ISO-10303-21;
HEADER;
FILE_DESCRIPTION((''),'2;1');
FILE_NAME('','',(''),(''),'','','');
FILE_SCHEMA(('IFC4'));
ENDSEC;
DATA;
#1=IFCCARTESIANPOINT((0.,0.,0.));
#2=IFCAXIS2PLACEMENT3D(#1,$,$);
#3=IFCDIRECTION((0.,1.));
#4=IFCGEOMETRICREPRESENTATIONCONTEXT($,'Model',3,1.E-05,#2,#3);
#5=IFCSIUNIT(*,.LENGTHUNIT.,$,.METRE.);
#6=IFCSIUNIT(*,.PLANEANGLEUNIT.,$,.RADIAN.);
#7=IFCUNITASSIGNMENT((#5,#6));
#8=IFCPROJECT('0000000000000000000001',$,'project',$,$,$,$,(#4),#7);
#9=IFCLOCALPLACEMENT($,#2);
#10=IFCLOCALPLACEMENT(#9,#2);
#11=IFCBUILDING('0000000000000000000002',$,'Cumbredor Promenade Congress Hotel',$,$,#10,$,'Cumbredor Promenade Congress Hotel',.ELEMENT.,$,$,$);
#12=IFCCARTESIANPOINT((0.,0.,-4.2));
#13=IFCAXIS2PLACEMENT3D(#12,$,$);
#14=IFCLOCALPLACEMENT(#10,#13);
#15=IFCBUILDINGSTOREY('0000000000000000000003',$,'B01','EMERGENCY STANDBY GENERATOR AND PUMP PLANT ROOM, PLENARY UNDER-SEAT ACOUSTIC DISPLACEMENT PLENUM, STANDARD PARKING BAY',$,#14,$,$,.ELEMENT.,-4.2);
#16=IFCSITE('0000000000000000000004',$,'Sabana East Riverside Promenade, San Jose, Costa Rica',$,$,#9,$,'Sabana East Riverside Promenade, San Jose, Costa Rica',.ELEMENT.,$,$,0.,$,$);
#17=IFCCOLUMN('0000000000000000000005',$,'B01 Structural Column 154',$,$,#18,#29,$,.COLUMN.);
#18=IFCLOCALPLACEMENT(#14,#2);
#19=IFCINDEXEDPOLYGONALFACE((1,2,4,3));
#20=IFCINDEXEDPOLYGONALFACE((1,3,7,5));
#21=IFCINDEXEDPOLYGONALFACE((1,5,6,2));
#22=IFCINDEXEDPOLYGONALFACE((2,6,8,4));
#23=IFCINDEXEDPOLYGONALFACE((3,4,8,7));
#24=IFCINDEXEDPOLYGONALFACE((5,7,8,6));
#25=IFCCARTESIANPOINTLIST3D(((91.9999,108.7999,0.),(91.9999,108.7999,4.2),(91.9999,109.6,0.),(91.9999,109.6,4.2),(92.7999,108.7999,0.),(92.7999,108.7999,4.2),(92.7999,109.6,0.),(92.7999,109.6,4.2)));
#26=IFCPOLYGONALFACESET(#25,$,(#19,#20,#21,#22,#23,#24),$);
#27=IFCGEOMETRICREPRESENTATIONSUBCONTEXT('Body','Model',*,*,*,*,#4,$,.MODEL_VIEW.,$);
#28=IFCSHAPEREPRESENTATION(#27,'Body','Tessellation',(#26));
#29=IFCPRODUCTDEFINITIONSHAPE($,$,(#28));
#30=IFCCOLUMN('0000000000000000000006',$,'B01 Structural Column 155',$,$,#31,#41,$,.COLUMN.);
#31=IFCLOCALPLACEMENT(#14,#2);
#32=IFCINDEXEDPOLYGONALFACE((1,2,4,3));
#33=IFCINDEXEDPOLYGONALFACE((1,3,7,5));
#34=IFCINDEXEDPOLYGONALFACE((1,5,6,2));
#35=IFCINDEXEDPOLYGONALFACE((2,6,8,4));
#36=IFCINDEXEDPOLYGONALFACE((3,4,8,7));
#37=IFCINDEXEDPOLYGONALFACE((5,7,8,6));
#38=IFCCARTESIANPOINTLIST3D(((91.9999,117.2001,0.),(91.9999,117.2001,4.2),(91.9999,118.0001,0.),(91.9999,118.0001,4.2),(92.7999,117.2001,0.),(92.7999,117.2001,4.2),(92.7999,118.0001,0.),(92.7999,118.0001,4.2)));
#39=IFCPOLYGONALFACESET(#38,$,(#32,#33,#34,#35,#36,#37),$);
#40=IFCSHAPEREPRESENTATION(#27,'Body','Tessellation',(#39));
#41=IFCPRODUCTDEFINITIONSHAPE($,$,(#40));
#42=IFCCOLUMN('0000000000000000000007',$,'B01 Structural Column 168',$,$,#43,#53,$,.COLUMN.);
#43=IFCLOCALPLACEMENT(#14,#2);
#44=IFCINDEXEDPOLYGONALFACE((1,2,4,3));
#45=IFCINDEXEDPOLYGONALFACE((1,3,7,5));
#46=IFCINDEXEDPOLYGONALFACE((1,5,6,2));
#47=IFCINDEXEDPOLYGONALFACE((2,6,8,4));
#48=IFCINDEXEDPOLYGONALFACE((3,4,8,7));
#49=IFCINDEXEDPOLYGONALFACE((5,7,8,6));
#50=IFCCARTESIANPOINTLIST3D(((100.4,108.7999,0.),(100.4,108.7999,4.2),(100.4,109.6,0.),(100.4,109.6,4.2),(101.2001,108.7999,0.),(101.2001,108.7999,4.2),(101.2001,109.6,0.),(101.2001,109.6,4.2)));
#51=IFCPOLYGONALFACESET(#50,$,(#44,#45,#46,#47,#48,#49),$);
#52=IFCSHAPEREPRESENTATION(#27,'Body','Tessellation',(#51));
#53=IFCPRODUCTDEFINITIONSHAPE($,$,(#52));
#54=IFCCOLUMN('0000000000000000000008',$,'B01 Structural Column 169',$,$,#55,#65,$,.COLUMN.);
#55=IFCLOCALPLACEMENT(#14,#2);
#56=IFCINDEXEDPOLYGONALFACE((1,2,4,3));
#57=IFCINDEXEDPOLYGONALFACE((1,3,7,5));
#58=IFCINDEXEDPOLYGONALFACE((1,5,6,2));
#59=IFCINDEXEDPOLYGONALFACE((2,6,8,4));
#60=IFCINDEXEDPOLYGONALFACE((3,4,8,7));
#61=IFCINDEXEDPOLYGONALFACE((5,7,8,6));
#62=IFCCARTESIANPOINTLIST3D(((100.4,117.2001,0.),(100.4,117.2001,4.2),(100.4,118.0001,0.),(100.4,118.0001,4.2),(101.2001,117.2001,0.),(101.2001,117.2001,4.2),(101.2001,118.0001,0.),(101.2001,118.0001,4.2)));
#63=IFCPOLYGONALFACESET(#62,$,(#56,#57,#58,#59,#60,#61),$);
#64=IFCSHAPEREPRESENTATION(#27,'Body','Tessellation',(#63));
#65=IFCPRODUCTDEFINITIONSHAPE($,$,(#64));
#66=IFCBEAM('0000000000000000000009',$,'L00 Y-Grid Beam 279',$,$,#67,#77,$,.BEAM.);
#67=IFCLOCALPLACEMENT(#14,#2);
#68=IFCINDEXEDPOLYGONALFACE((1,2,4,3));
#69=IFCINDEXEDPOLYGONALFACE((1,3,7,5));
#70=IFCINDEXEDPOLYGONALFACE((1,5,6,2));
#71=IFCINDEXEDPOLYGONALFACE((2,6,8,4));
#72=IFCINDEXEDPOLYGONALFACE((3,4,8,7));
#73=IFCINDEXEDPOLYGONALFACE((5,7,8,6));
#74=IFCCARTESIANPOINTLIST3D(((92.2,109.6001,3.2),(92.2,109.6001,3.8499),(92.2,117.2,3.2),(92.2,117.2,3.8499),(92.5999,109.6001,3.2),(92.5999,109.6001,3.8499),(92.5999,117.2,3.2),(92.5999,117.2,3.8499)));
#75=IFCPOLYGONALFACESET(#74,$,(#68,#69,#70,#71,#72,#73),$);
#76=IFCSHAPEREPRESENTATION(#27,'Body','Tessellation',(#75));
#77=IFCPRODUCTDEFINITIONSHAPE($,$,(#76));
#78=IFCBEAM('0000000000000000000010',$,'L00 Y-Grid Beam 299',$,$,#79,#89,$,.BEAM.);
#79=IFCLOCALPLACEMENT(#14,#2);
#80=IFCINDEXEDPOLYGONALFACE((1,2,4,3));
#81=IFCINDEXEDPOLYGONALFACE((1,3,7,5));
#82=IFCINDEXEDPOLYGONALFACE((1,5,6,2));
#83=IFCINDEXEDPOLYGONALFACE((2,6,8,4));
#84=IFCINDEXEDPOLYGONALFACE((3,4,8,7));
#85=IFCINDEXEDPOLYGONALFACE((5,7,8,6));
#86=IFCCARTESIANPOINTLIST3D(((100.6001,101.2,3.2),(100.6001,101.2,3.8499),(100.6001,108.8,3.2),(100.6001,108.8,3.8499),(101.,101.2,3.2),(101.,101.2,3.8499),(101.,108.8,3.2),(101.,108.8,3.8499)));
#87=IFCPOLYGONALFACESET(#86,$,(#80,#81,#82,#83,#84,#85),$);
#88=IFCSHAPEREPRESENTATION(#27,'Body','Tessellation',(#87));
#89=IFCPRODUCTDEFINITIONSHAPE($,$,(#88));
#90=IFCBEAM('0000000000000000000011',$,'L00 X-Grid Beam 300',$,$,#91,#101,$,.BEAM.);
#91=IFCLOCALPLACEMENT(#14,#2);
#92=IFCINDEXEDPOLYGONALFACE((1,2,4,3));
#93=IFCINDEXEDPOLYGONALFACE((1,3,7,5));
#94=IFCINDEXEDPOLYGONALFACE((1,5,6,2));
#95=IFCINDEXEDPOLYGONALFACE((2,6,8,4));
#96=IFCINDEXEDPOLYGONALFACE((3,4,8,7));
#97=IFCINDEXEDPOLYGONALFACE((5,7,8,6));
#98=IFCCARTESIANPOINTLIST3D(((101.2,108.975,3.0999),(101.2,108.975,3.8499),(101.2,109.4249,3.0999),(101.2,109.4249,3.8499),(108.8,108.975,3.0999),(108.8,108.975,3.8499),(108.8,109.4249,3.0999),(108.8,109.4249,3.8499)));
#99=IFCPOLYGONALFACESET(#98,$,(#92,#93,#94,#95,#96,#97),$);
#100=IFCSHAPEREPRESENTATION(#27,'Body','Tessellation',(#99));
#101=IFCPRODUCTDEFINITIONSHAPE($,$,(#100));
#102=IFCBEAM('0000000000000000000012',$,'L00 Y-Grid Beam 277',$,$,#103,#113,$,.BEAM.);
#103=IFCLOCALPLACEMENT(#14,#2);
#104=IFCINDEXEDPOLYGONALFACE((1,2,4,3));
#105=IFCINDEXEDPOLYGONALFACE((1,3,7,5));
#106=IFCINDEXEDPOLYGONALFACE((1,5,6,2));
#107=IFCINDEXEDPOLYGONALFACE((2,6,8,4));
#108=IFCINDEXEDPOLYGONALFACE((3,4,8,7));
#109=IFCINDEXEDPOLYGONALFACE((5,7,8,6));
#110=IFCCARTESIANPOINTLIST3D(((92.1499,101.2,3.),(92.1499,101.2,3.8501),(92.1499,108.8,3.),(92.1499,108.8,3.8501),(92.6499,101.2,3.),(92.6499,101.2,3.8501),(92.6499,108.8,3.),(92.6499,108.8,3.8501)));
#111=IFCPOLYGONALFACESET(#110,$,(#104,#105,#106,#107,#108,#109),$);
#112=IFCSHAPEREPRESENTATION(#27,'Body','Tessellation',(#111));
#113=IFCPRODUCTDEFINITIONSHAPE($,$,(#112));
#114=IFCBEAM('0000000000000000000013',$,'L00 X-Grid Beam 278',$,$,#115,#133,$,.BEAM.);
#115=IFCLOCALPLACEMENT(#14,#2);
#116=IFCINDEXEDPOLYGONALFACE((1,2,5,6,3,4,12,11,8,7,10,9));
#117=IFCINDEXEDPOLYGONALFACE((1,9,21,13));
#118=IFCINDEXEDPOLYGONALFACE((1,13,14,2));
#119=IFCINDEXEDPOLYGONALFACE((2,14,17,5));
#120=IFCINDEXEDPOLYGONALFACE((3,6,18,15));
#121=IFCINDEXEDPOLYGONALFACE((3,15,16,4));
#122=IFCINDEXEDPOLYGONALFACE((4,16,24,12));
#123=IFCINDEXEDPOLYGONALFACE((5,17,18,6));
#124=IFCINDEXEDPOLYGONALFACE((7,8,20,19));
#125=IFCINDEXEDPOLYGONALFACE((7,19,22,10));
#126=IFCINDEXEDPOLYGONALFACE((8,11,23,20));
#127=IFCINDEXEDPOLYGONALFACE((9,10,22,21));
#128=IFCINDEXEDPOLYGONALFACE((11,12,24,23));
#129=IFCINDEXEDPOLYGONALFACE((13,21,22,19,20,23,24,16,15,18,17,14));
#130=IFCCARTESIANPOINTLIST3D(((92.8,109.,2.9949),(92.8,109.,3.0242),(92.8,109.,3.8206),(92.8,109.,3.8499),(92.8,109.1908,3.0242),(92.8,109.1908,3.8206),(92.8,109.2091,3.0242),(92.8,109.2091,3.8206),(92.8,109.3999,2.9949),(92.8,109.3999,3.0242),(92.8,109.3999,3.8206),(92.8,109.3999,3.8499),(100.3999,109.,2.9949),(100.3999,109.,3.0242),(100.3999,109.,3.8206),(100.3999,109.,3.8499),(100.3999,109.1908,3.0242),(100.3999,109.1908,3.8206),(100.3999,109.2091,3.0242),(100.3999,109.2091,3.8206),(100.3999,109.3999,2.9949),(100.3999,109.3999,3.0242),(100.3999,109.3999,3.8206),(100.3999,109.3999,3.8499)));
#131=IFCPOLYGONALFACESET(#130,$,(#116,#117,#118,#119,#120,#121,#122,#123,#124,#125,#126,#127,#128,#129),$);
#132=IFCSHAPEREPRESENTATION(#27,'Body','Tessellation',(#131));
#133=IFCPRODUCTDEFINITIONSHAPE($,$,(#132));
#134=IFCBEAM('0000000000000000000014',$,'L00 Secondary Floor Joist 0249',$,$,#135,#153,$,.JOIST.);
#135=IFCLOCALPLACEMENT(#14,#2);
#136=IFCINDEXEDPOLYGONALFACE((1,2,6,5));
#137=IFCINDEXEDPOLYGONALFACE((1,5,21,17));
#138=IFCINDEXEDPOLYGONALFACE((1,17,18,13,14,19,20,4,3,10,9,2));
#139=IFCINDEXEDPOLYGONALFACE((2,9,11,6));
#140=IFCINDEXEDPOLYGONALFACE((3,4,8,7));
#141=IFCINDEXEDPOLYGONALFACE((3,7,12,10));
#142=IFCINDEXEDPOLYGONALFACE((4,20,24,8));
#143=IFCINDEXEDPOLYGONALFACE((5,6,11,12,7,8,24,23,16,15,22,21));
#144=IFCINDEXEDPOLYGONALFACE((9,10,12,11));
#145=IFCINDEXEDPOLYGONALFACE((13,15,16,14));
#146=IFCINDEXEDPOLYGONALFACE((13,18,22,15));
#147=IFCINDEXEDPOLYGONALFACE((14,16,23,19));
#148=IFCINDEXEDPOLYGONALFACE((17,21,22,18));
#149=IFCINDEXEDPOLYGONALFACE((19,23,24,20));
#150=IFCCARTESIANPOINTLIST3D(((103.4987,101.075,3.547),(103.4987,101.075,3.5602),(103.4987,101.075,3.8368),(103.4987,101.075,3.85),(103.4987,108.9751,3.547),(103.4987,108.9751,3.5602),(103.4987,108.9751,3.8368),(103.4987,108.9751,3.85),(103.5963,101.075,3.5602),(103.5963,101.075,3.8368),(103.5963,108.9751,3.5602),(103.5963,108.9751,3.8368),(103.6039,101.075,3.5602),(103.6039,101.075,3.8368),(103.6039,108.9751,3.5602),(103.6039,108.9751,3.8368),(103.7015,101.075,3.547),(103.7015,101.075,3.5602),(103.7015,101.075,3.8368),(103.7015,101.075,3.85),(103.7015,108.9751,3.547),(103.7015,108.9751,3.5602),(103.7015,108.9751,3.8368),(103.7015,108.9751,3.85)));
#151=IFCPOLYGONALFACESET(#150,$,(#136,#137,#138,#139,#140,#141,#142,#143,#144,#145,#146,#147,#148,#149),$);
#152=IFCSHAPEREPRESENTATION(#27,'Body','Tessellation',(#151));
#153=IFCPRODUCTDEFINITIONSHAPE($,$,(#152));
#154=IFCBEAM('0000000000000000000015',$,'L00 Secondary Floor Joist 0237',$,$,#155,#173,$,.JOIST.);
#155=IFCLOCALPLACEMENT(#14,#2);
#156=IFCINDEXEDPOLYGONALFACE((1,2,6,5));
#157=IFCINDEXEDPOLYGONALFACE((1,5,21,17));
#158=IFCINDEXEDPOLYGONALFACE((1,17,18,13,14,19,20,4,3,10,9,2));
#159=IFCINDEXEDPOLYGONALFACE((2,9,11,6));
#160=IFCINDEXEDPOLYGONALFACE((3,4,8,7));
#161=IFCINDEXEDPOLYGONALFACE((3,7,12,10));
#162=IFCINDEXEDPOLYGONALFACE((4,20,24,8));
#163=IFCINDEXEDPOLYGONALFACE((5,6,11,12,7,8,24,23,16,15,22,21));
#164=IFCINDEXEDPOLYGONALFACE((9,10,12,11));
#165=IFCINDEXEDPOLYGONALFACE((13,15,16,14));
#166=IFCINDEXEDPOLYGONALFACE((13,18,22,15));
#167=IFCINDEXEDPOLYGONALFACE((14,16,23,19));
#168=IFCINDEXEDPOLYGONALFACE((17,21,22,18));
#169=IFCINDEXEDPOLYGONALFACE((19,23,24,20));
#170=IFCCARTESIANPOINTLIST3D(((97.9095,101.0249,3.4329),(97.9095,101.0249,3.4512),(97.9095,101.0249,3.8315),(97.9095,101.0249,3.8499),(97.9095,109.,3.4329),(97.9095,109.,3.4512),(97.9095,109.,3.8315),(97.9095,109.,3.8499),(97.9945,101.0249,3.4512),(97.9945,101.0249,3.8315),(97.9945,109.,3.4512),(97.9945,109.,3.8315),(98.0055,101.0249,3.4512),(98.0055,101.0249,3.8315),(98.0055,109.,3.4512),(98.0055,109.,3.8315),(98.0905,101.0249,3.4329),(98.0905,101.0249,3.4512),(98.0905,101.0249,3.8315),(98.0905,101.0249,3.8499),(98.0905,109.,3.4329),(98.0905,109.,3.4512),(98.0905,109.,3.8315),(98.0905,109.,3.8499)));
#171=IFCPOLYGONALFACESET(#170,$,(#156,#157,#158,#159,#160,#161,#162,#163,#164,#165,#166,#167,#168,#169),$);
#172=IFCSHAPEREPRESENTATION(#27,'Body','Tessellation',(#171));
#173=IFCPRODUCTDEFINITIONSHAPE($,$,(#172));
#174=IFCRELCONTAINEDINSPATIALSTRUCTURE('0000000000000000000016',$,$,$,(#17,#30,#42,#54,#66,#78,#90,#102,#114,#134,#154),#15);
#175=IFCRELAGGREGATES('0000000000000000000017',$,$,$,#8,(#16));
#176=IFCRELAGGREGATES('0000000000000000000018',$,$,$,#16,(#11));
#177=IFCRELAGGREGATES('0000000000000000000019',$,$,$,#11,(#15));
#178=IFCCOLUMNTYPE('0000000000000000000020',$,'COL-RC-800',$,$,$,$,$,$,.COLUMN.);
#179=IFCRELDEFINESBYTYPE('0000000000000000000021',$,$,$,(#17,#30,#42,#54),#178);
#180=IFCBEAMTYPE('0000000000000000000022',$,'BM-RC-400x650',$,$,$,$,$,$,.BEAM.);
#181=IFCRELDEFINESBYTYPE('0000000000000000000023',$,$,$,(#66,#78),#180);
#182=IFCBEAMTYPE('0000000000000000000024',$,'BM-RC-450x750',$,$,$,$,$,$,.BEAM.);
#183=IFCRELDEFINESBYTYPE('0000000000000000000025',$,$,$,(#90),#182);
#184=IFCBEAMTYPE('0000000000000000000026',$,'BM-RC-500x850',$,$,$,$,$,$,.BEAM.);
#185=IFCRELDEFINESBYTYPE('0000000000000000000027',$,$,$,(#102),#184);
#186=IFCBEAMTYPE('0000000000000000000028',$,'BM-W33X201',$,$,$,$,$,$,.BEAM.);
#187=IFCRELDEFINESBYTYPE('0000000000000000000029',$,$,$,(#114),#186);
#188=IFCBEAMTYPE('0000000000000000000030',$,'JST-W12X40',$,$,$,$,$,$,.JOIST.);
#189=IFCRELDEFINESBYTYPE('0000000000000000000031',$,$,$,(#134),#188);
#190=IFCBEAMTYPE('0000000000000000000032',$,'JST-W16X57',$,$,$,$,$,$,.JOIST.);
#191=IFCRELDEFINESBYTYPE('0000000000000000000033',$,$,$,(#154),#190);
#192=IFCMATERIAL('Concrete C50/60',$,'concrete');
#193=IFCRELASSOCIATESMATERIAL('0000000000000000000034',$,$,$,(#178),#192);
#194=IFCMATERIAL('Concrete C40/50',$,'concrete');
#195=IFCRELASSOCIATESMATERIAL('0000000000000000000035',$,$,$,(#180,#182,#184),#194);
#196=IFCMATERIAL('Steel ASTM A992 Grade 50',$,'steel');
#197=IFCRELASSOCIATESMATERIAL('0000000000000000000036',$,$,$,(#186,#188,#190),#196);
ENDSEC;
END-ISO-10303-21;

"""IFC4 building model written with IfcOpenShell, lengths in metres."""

from ifc_helpers import new_model, si_unit, direction, frame, origin, origin_2d, place, context, subcontext, project, spatial, rectangle, i_section, extrude, material, material_profile, profile_set, type_object, element, save


model = new_model("IFC4")

# Units and contexts
model_context = context("Model", 3, precision=1e-05, world=origin(), true_north=direction((0.0, 1.0)))
body_context = subcontext(model_context, "Body", "Model", "MODEL_VIEW")
ifc_project = project(units=[si_unit("LENGTHUNIT", "METRE"), si_unit("PLANEANGLEUNIT", "RADIAN")], contexts=[model_context])

# Site, building, storey
site_placement = place(None, origin())
site = spatial("IfcSite", under=ifc_project, at=site_placement, Name="Sabana East Riverside Promenade, San Jose, Costa Rica", LongName="Sabana East Riverside Promenade, San Jose, Costa Rica", CompositionType="ELEMENT", RefElevation=0.0)
building_placement = place(site_placement, origin())
building = spatial("IfcBuilding", under=site, at=building_placement, Name="Cumbredor Promenade Congress Hotel", LongName="Cumbredor Promenade Congress Hotel", CompositionType="ELEMENT")
storey_placement = place(building_placement, frame((0.0, 0.0, -4.2)))
storey = spatial("IfcBuildingStorey", under=building, at=storey_placement, Name="B01", Description="EMERGENCY STANDBY GENERATOR AND PUMP PLANT ROOM, PLENARY UNDER-SEAT ACOUSTIC DISPLACEMENT PLENUM, STANDARD PARKING BAY", CompositionType="ELEMENT", Elevation=-4.2)

# Columns
ifc_material_1 = material(Name="Concrete C50/60", Category="concrete")
ifc_material_profile_1 = material_profile(ifc_material_1, rectangle(XDim=0.8, YDim=0.8, at=origin_2d()), Name="RC 800x800")
ifc_profile_set_1 = profile_set([ifc_material_profile_1], Name="Concrete C50/60")
column_type = type_object("IfcColumnType", Name="COL-RC-800", PredefinedType="COLUMN", material=ifc_profile_set_1)
for number, where, z_axis, x_axis, name in (
    (1, (92.3999, 109.2, 0.0), (0.0, 0.0, 1.0), (1.0, 0.0, 0.0), "B01 Structural Column 154"),
    (2, (92.3999, 117.6001, 0.0), (0.0, 0.0, 1.0), (1.0, 0.0, 0.0), "B01 Structural Column 155"),
    (3, (100.8, 109.2, 0.0), (0.0, 0.0, 1.0), (1.0, 0.0, 0.0), "B01 Structural Column 168"),
    (4, (100.8, 117.6001, 0.0), (0.0, 0.0, 1.0), (1.0, 0.0, 0.0), "B01 Structural Column 169"),
):
    element("IfcColumn", number, at=place(storey_placement, frame(where, z_axis=z_axis, x_axis=x_axis)), inside=storey, type_object=column_type, Name=name, PredefinedType="COLUMN", context=body_context, shape_type="SweptSolid", body=[
        extrude(rectangle(XDim=0.8, YDim=0.8, at=origin_2d()), origin(), (0.0, 0.0, 1.0), 4.2),
    ])

# Beams
ifc_material_2 = material(Name="Concrete C40/50", Category="concrete")
ifc_material_profile_2 = material_profile(ifc_material_2, rectangle(XDim=0.3999, YDim=0.6499, at=origin_2d()), Name="RC BEAM 400x650")
ifc_profile_set_2 = profile_set([ifc_material_profile_2], Name="Concrete C40/50")
beam_type_1 = type_object("IfcBeamType", Name="BM-RC-400x650", PredefinedType="BEAM", material=ifc_profile_set_2)
beam_1_placement = place(storey_placement, frame((92.3999, 109.6001, 3.5249), z_axis=(0.0, 1.0, 0.0), x_axis=(-1.0, 0.0, 0.0)))
element("IfcBeam", 5, at=beam_1_placement, inside=storey, type_object=beam_type_1, Name="L00 Y-Grid Beam 279", PredefinedType="BEAM", context=body_context, shape_type="SweptSolid", body=[
    extrude(rectangle(XDim=0.3999, YDim=0.6499, at=origin_2d()), origin(), (0.0, 0.0, 1.0), 7.5999),
])
beam_2_placement = place(storey_placement, frame((100.8, 101.2, 3.5249), z_axis=(0.0, 1.0, 0.0), x_axis=(-1.0, 0.0, 0.0)))
element("IfcBeam", 6, at=beam_2_placement, inside=storey, type_object=beam_type_1, Name="L00 Y-Grid Beam 299", PredefinedType="BEAM", context=body_context, shape_type="SweptSolid", body=[
    extrude(rectangle(XDim=0.3999, YDim=0.6499, at=origin_2d()), origin(), (0.0, 0.0, 1.0), 7.6001),
])
ifc_material_profile_3 = material_profile(ifc_material_2, rectangle(XDim=0.45, YDim=0.75, at=origin_2d()), Name="RC BEAM 450x750")
ifc_profile_set_3 = profile_set([ifc_material_profile_3], Name="Concrete C40/50")
beam_type_2 = type_object("IfcBeamType", Name="BM-RC-450x750", PredefinedType="BEAM", material=ifc_profile_set_3)
beam_3_placement = place(storey_placement, frame((101.2, 109.2, 3.4749), z_axis=(1.0, 0.0, 0.0), x_axis=(0.0, 1.0, 0.0)))
element("IfcBeam", 7, at=beam_3_placement, inside=storey, type_object=beam_type_2, Name="L00 X-Grid Beam 300", PredefinedType="BEAM", context=body_context, shape_type="SweptSolid", body=[
    extrude(rectangle(XDim=0.45, YDim=0.75, at=origin_2d()), origin(), (0.0, 0.0, 1.0), 7.6001),
])
ifc_material_profile_4 = material_profile(ifc_material_2, rectangle(XDim=0.5, YDim=0.8501, at=origin_2d()), Name="RC BEAM 500x850")
ifc_profile_set_4 = profile_set([ifc_material_profile_4], Name="Concrete C40/50")
beam_type_3 = type_object("IfcBeamType", Name="BM-RC-500x850", PredefinedType="BEAM", material=ifc_profile_set_4)
beam_4_placement = place(storey_placement, frame((92.3999, 101.2, 3.425), z_axis=(0.0, 1.0, 0.0), x_axis=(-1.0, 0.0, 0.0)))
element("IfcBeam", 8, at=beam_4_placement, inside=storey, type_object=beam_type_3, Name="L00 Y-Grid Beam 277", PredefinedType="BEAM", context=body_context, shape_type="SweptSolid", body=[
    extrude(rectangle(XDim=0.5, YDim=0.8501, at=origin_2d()), origin(), (0.0, 0.0, 1.0), 7.6001),
])
ifc_material_3 = material(Name="Steel ASTM A992 Grade 50", Category="steel")
ifc_material_profile_5 = material_profile(ifc_material_3, i_section(OverallWidth=0.3999, OverallDepth=0.855, WebThickness=0.0183, FlangeThickness=0.0293, at=origin_2d()), Name="W33X201")
ifc_profile_set_5 = profile_set([ifc_material_profile_5], Name="Steel ASTM A992 Grade 50")
beam_type_4 = type_object("IfcBeamType", Name="BM-W33X201", PredefinedType="BEAM", material=ifc_profile_set_5)
beam_5_placement = place(storey_placement, frame((92.8, 109.2, 3.4224), z_axis=(1.0, 0.0, 0.0), x_axis=(0.0, 1.0, 0.0)))
element("IfcBeam", 9, at=beam_5_placement, inside=storey, type_object=beam_type_4, Name="L00 X-Grid Beam 278", PredefinedType="BEAM", context=body_context, shape_type="SweptSolid", body=[
    extrude(i_section(OverallWidth=0.3999, OverallDepth=0.855, WebThickness=0.0183, FlangeThickness=0.0293, at=origin_2d()), origin(), (0.0, 0.0, 1.0), 7.5999),
])
ifc_material_profile_6 = material_profile(ifc_material_3, i_section(OverallWidth=0.2029, OverallDepth=0.303, WebThickness=0.0076, FlangeThickness=0.0132, at=origin_2d()), Name="W12X40")
ifc_profile_set_6 = profile_set([ifc_material_profile_6], Name="Steel ASTM A992 Grade 50")
beam_type_5 = type_object("IfcBeamType", Name="JST-W12X40", PredefinedType="JOIST", material=ifc_profile_set_6)
beam_6_placement = place(storey_placement, frame((103.6001, 101.075, 3.6985), z_axis=(0.0, 1.0, 0.0), x_axis=(-1.0, 0.0, 0.0)))
element("IfcBeam", 10, at=beam_6_placement, inside=storey, type_object=beam_type_5, Name="L00 Secondary Floor Joist 0249", PredefinedType="JOIST", context=body_context, shape_type="SweptSolid", body=[
    extrude(i_section(OverallWidth=0.2029, OverallDepth=0.303, WebThickness=0.0076, FlangeThickness=0.0132, at=origin_2d()), origin(), (0.0, 0.0, 1.0), 7.9001),
])
ifc_material_profile_7 = material_profile(ifc_material_3, i_section(OverallWidth=0.1809, OverallDepth=0.417, WebThickness=0.011, FlangeThickness=0.0183, at=origin_2d()), Name="W16X57")
ifc_profile_set_7 = profile_set([ifc_material_profile_7], Name="Steel ASTM A992 Grade 50")
beam_type_6 = type_object("IfcBeamType", Name="JST-W16X57", PredefinedType="JOIST", material=ifc_profile_set_7)
beam_7_placement = place(storey_placement, frame((98.0, 101.0249, 3.6414), z_axis=(0.0, 1.0, 0.0), x_axis=(-1.0, 0.0, 0.0)))
element("IfcBeam", 11, at=beam_7_placement, inside=storey, type_object=beam_type_6, Name="L00 Secondary Floor Joist 0237", PredefinedType="JOIST", context=body_context, shape_type="SweptSolid", body=[
    extrude(i_section(OverallWidth=0.1809, OverallDepth=0.417, WebThickness=0.011, FlangeThickness=0.0183, at=origin_2d()), origin(), (0.0, 0.0, 1.0), 7.9751),
])

save(model, "model.ifc")
